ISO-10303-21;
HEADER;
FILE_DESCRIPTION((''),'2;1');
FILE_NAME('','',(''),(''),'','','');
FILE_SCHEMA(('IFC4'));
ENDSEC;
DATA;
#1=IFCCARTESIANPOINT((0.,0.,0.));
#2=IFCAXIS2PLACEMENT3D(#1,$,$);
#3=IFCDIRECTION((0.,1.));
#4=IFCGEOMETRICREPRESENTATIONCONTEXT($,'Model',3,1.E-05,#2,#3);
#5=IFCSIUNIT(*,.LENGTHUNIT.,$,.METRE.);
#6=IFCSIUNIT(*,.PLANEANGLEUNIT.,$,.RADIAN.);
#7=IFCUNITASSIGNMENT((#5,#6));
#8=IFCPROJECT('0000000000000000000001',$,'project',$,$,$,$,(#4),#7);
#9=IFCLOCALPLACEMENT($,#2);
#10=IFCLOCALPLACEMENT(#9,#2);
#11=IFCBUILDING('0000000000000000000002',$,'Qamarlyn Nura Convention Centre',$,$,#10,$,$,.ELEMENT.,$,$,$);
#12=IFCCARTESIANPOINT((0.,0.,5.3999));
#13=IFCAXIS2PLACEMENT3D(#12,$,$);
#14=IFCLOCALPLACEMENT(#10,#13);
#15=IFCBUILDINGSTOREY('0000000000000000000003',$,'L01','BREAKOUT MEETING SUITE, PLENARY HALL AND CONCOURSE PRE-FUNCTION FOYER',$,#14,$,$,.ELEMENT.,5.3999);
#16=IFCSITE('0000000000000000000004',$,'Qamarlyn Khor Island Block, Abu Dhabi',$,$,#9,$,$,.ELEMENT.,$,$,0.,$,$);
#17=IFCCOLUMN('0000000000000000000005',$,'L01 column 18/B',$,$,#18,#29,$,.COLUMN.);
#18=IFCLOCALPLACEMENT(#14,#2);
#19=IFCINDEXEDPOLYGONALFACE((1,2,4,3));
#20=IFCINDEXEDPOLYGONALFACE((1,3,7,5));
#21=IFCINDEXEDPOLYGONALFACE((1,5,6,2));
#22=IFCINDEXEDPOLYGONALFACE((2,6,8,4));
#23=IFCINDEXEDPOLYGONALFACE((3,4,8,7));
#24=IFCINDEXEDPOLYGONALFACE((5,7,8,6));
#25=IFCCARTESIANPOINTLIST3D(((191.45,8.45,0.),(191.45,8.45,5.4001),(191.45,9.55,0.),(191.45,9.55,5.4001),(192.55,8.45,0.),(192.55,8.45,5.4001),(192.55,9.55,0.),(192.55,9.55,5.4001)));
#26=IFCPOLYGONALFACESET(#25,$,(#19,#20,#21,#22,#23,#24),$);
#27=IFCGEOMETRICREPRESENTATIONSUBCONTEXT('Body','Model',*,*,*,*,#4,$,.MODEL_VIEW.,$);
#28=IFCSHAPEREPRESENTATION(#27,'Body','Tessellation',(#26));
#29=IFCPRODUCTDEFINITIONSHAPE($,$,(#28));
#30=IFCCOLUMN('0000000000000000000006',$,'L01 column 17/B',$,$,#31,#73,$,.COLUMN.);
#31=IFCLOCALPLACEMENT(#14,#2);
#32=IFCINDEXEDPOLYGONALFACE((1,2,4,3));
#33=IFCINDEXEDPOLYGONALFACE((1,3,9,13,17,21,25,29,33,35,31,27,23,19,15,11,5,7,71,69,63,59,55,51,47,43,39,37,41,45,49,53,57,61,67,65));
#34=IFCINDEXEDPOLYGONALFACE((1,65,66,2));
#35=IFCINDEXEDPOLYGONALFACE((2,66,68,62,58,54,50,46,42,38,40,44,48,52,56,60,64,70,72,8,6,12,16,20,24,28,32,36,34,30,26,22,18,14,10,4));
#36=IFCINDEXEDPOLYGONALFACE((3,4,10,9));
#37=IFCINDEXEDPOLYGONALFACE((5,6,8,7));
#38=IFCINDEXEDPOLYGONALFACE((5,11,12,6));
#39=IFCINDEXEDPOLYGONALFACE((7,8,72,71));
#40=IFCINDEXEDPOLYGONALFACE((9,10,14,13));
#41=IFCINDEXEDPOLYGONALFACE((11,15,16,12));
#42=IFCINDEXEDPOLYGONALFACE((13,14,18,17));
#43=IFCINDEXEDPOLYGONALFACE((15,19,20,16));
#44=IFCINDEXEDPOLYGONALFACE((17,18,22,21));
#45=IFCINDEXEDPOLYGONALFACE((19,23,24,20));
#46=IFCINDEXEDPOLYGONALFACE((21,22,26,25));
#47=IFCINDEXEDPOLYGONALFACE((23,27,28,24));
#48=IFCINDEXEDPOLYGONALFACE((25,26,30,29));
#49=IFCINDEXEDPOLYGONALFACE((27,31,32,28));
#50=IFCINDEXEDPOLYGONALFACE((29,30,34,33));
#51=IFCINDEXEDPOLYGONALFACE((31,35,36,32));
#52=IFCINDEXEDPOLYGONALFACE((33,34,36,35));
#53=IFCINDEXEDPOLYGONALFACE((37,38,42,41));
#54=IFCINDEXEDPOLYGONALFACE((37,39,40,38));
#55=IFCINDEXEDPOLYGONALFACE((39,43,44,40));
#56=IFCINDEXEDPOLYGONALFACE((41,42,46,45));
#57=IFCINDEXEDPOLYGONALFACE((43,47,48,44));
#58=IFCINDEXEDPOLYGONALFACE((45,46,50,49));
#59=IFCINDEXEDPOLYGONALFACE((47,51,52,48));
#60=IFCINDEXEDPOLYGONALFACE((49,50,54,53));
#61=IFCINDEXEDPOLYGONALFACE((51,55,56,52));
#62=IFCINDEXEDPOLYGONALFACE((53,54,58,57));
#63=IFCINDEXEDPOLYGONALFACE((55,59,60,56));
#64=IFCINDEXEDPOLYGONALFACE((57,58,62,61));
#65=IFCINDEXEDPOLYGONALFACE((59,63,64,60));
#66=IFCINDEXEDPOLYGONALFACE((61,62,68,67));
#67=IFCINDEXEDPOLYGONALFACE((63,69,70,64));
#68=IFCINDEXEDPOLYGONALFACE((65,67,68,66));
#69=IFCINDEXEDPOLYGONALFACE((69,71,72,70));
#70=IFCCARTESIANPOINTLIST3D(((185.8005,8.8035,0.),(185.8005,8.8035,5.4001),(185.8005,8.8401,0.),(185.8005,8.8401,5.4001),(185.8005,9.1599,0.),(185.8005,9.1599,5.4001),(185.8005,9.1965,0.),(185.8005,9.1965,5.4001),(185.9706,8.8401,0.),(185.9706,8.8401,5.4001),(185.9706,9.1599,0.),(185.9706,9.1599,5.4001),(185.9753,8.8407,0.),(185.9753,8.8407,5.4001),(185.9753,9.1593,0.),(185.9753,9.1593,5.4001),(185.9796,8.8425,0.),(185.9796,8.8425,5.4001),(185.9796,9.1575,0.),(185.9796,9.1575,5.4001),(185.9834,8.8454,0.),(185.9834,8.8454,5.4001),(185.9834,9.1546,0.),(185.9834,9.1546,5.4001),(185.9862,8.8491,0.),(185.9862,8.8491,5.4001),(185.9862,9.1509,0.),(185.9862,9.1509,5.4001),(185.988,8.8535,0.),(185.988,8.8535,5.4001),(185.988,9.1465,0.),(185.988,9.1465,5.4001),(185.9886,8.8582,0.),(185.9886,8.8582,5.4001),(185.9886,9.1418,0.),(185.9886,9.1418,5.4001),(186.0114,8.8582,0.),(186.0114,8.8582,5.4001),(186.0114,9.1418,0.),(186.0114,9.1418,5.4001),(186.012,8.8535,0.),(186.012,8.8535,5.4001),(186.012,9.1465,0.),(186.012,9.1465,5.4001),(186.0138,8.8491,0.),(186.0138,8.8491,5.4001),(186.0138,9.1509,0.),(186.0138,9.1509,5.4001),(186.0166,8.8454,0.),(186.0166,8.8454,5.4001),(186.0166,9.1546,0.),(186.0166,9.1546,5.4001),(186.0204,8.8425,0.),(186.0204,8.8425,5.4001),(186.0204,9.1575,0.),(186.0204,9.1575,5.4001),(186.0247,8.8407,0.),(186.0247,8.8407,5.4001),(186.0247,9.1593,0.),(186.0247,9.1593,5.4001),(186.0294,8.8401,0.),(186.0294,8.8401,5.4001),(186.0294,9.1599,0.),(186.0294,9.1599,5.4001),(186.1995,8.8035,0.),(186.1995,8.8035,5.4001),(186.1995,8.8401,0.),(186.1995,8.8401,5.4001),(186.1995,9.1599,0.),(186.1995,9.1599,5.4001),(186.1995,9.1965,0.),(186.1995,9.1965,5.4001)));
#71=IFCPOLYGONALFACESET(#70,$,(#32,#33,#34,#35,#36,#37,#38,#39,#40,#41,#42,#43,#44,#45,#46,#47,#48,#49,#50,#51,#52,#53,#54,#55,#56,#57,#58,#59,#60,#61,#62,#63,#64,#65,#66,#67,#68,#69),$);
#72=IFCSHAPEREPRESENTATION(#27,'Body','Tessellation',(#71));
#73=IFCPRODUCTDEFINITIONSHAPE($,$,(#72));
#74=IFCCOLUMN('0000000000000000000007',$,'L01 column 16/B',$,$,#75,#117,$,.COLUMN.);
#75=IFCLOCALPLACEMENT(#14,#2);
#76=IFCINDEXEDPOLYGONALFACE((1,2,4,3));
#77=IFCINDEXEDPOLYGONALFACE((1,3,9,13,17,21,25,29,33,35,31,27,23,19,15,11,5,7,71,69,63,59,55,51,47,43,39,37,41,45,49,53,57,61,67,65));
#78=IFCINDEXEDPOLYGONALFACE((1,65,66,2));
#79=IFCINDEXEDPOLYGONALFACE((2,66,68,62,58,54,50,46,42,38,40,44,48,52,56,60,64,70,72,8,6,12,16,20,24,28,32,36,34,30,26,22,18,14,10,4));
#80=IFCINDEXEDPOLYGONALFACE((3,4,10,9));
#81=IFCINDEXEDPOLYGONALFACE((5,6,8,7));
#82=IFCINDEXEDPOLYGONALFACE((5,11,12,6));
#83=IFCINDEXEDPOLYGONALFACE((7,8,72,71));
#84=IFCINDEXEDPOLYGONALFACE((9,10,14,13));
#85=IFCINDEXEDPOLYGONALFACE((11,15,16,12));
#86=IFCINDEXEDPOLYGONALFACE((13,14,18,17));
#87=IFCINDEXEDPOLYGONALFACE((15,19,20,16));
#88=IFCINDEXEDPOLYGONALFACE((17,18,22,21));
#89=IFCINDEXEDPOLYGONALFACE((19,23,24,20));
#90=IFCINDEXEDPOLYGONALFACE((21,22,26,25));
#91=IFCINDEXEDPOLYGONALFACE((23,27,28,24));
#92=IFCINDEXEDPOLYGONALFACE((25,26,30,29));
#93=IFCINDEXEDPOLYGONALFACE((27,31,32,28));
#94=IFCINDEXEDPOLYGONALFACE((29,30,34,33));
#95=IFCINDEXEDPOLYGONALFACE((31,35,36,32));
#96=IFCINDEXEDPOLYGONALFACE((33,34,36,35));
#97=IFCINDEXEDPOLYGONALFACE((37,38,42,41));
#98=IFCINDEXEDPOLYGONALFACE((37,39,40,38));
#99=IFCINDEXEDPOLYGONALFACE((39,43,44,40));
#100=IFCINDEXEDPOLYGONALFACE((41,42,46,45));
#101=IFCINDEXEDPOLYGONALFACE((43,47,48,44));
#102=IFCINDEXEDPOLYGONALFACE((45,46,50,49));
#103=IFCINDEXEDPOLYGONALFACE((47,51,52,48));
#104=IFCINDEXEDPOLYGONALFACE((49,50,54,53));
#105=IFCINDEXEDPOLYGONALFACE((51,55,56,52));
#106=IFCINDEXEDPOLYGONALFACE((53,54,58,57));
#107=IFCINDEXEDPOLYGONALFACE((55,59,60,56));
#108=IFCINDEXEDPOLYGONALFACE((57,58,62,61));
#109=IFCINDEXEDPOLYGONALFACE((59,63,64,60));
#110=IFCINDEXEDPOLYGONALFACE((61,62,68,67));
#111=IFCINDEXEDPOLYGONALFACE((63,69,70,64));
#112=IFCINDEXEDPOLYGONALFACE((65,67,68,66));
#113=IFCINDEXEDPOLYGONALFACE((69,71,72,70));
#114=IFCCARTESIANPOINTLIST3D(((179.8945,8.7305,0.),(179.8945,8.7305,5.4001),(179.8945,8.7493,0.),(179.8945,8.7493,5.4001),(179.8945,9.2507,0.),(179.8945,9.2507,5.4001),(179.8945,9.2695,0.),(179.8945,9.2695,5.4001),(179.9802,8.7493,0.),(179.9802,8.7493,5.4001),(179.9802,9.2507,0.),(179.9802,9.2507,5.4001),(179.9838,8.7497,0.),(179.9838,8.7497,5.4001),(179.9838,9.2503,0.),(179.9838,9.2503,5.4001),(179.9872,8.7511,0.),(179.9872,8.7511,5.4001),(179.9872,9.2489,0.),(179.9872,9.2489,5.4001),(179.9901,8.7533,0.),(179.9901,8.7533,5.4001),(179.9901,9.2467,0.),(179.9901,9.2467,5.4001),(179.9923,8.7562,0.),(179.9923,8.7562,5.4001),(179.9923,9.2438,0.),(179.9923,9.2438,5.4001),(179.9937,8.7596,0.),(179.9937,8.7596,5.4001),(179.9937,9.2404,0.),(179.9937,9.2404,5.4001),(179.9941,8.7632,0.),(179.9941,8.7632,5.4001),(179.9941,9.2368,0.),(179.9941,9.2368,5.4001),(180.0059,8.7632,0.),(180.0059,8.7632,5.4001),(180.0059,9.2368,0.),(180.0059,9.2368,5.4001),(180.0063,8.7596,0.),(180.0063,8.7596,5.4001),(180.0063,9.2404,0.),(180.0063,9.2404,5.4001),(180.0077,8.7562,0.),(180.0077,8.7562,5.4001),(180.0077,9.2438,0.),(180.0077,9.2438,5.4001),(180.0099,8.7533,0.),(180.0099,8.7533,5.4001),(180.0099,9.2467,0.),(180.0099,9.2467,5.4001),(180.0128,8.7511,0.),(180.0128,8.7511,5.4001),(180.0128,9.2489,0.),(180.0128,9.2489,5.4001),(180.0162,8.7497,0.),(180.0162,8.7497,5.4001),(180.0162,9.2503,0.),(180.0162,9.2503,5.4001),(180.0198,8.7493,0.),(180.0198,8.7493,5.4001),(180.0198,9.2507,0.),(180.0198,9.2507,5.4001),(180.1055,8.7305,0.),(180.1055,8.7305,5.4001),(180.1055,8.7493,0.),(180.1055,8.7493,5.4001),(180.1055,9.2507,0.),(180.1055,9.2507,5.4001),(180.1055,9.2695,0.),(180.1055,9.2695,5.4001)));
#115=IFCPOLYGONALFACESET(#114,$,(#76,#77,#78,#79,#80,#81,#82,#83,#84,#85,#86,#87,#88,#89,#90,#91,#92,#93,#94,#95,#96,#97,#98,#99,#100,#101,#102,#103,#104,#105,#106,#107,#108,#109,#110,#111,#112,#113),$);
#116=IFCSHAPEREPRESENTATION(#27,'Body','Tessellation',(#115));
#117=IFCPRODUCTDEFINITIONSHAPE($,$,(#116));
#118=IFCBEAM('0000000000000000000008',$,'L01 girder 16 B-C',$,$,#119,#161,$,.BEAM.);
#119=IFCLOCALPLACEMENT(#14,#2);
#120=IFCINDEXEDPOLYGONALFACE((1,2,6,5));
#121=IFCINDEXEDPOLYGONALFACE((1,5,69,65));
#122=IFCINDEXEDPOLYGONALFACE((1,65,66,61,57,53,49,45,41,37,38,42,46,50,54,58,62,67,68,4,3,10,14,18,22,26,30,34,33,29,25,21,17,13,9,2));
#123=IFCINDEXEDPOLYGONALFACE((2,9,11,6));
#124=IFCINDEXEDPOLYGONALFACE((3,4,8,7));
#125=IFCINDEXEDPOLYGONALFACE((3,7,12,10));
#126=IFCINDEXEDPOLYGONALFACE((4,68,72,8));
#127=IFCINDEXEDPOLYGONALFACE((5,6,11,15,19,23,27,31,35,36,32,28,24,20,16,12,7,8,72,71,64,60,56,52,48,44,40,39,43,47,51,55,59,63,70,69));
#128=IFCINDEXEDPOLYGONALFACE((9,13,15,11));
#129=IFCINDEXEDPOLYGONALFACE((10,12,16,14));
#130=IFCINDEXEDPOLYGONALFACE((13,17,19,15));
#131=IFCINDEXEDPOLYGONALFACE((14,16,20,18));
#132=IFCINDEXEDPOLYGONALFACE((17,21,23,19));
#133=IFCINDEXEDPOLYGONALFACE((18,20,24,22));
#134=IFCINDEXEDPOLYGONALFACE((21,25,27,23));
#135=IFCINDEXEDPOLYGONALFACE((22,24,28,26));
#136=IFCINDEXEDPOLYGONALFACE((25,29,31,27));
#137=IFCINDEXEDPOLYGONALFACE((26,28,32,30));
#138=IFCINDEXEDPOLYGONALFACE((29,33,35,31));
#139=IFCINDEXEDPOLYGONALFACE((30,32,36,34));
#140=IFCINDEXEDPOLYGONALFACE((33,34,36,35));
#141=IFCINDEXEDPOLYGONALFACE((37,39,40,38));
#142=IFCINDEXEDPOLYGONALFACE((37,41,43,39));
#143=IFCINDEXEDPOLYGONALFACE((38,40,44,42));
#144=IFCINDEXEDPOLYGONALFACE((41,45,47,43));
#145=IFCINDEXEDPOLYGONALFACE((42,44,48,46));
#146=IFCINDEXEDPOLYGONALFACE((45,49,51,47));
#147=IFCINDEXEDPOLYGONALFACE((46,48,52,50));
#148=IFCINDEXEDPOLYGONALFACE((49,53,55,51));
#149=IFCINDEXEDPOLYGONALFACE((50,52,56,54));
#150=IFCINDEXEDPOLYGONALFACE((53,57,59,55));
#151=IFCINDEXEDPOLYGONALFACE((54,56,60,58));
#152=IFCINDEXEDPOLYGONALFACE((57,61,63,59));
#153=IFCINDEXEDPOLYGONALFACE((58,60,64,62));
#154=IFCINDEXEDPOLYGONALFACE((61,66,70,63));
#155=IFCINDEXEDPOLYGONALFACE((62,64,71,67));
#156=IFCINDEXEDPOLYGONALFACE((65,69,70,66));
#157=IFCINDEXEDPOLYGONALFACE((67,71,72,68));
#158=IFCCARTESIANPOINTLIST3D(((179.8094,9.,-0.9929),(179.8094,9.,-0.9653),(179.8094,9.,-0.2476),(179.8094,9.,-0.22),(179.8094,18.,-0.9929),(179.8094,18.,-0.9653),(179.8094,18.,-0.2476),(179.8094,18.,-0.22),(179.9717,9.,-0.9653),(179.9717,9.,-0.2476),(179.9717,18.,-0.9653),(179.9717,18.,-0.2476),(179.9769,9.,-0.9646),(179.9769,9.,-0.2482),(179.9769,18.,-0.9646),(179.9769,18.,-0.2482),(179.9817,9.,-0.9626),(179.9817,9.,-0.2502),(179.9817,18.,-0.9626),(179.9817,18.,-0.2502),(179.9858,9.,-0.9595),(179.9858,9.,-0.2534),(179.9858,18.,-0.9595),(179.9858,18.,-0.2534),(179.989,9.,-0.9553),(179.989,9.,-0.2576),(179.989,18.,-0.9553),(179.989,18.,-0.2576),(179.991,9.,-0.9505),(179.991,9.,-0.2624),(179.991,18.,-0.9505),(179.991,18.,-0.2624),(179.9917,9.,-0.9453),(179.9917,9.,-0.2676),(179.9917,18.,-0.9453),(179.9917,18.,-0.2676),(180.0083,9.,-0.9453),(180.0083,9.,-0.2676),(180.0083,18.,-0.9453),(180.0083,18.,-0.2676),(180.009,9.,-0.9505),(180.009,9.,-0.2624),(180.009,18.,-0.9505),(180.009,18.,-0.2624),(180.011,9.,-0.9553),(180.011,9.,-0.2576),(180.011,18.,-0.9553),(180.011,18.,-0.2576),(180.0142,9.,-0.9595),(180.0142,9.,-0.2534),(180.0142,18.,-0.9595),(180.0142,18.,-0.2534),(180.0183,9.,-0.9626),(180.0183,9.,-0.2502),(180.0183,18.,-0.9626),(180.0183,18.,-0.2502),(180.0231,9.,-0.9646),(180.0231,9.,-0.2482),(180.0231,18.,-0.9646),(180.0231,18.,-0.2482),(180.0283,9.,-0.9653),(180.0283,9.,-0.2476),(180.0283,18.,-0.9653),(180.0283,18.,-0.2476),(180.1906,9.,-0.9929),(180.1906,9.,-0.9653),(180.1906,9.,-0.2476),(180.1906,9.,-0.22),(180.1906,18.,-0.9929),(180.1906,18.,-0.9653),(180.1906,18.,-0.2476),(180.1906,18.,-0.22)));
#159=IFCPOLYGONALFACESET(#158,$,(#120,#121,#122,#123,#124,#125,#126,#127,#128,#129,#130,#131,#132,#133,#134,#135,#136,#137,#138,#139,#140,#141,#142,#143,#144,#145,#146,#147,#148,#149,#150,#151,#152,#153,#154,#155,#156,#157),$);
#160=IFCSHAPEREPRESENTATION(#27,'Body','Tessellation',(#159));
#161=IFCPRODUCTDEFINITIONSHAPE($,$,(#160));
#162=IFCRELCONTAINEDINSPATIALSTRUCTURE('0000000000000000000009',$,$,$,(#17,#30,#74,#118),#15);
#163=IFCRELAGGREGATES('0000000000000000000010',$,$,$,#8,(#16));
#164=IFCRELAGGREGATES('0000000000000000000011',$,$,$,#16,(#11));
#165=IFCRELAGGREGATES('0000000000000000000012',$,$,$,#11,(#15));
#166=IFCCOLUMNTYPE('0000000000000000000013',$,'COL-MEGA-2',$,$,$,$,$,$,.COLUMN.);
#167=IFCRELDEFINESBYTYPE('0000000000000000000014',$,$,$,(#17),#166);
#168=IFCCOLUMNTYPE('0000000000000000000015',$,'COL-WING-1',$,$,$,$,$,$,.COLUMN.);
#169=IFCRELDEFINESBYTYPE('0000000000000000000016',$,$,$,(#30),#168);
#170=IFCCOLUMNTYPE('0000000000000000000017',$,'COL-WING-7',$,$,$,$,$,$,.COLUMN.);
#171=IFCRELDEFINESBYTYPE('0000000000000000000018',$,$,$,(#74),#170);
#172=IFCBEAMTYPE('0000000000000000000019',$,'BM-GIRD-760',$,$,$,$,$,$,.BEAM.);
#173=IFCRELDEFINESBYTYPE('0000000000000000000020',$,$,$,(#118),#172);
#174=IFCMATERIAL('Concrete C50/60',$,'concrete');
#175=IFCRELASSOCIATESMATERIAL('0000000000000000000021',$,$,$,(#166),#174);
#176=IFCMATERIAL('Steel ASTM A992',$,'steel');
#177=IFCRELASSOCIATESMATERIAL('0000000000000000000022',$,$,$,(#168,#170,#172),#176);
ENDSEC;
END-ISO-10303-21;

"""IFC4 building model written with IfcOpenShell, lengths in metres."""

from ifc_helpers import new_model, si_unit, direction, frame, origin, origin_2d, place, context, subcontext, project, spatial, rectangle, i_section, extrude, material, material_profile, profile_set, type_object, element, save


model = new_model("IFC4")

# Units and contexts
model_context = context("Model", 3, precision=1e-05, world=origin(), true_north=direction((0.0, 1.0)))
body_context = subcontext(model_context, "Body", "Model", "MODEL_VIEW")
ifc_project = project(units=[si_unit("LENGTHUNIT", "METRE"), si_unit("PLANEANGLEUNIT", "RADIAN")], contexts=[model_context])

# Site, building, storey
site_placement = place(None, origin())
site = spatial("IfcSite", under=ifc_project, at=site_placement, Name="Qamarlyn Khor Island Block, Abu Dhabi", CompositionType="ELEMENT", RefElevation=0.0)
building_placement = place(site_placement, origin())
building = spatial("IfcBuilding", under=site, at=building_placement, Name="Qamarlyn Nura Convention Centre", CompositionType="ELEMENT")
storey_placement = place(building_placement, frame((0.0, 0.0, 5.3999)))
storey = spatial("IfcBuildingStorey", under=building, at=storey_placement, Name="L01", Description="BREAKOUT MEETING SUITE, PLENARY HALL AND CONCOURSE PRE-FUNCTION FOYER", CompositionType="ELEMENT", Elevation=5.3999)

# Columns
ifc_material_1 = material(Name="Concrete C50/60", Category="concrete")
ifc_material_profile_1 = material_profile(ifc_material_1, rectangle(XDim=1.1001, YDim=1.1001, at=origin_2d()), Name="RC 1100x1100")
ifc_profile_set_1 = profile_set([ifc_material_profile_1], Name="Concrete C50/60")
column_type_1 = type_object("IfcColumnType", Name="COL-MEGA-2", PredefinedType="COLUMN", material=ifc_profile_set_1)
column_1_placement = place(storey_placement, frame((192.0, 9.0, 0.0), z_axis=(0.0, 0.0, 1.0), x_axis=(1.0, 0.0, 0.0)))
element("IfcColumn", 1, at=column_1_placement, inside=storey, type_object=column_type_1, Name="L01 column 18/B", PredefinedType="COLUMN", context=body_context, shape_type="SweptSolid", body=[
    extrude(rectangle(XDim=1.1001, YDim=1.1001, at=origin_2d()), origin(), (0.0, 0.0, 1.0), 5.4001),
])
ifc_material_2 = material(Name="Steel ASTM A992", Category="steel")
ifc_material_profile_2 = material_profile(ifc_material_2, i_section(OverallWidth=0.3989, OverallDepth=0.3931, WebThickness=0.0227, FlangeThickness=0.0366, FilletRadius=0.0181, at=origin_2d()), Name="W360X287")
ifc_profile_set_2 = profile_set([ifc_material_profile_2], Name="Steel ASTM A992")
column_type_2 = type_object("IfcColumnType", Name="COL-WING-1", PredefinedType="COLUMN", material=ifc_profile_set_2)
column_2_placement = place(storey_placement, frame((186.0, 9.0, 0.0), z_axis=(0.0, 0.0, 1.0), x_axis=(1.0, 0.0, 0.0)))
element("IfcColumn", 2, at=column_2_placement, inside=storey, type_object=column_type_2, Name="L01 column 17/B", PredefinedType="COLUMN", context=body_context, shape_type="SweptSolid", body=[
    extrude(i_section(OverallWidth=0.3989, OverallDepth=0.3931, WebThickness=0.0227, FlangeThickness=0.0366, FilletRadius=0.0181, at=origin_2d()), origin(), (0.0, 0.0, 1.0), 5.4001),
])
ifc_material_profile_3 = material_profile(ifc_material_2, i_section(OverallWidth=0.2109, OverallDepth=0.5391, WebThickness=0.0117, FlangeThickness=0.0188, FilletRadius=0.0139, at=origin_2d()), Name="W530X109")
ifc_profile_set_3 = profile_set([ifc_material_profile_3], Name="Steel ASTM A992")
column_type_3 = type_object("IfcColumnType", Name="COL-WING-7", PredefinedType="COLUMN", material=ifc_profile_set_3)
column_3_placement = place(storey_placement, frame((180.0, 9.0, 0.0), z_axis=(0.0, 0.0, 1.0), x_axis=(1.0, 0.0, 0.0)))
element("IfcColumn", 3, at=column_3_placement, inside=storey, type_object=column_type_3, Name="L01 column 16/B", PredefinedType="COLUMN", context=body_context, shape_type="SweptSolid", body=[
    extrude(i_section(OverallWidth=0.2109, OverallDepth=0.5391, WebThickness=0.0117, FlangeThickness=0.0188, FilletRadius=0.0139, at=origin_2d()), origin(), (0.0, 0.0, 1.0), 5.4001),
])

# Beam
ifc_material_profile_4 = material_profile(ifc_material_2, i_section(OverallWidth=0.3811, OverallDepth=0.7729, WebThickness=0.0166, FlangeThickness=0.0276, FilletRadius=0.02, at=origin_2d()), Name="W760X257")
ifc_profile_set_4 = profile_set([ifc_material_profile_4], Name="Steel ASTM A992")
beam_type_1 = type_object("IfcBeamType", Name="BM-GIRD-760", PredefinedType="BEAM", material=ifc_profile_set_4)
beam_1_placement = place(storey_placement, frame((180.0, 9.0, -0.6064), z_axis=(0.0, 1.0, 0.0), x_axis=(-1.0, 0.0, 0.0)))
element("IfcBeam", 4, at=beam_1_placement, inside=storey, type_object=beam_type_1, Name="L01 girder 16 B-C", PredefinedType="BEAM", context=body_context, shape_type="SweptSolid", body=[
    extrude(i_section(OverallWidth=0.3811, OverallDepth=0.7729, WebThickness=0.0166, FlangeThickness=0.0276, FilletRadius=0.02, at=origin_2d()), origin(), (0.0, 0.0, 1.0), 9.0),
])

save(model, "model.ifc")
